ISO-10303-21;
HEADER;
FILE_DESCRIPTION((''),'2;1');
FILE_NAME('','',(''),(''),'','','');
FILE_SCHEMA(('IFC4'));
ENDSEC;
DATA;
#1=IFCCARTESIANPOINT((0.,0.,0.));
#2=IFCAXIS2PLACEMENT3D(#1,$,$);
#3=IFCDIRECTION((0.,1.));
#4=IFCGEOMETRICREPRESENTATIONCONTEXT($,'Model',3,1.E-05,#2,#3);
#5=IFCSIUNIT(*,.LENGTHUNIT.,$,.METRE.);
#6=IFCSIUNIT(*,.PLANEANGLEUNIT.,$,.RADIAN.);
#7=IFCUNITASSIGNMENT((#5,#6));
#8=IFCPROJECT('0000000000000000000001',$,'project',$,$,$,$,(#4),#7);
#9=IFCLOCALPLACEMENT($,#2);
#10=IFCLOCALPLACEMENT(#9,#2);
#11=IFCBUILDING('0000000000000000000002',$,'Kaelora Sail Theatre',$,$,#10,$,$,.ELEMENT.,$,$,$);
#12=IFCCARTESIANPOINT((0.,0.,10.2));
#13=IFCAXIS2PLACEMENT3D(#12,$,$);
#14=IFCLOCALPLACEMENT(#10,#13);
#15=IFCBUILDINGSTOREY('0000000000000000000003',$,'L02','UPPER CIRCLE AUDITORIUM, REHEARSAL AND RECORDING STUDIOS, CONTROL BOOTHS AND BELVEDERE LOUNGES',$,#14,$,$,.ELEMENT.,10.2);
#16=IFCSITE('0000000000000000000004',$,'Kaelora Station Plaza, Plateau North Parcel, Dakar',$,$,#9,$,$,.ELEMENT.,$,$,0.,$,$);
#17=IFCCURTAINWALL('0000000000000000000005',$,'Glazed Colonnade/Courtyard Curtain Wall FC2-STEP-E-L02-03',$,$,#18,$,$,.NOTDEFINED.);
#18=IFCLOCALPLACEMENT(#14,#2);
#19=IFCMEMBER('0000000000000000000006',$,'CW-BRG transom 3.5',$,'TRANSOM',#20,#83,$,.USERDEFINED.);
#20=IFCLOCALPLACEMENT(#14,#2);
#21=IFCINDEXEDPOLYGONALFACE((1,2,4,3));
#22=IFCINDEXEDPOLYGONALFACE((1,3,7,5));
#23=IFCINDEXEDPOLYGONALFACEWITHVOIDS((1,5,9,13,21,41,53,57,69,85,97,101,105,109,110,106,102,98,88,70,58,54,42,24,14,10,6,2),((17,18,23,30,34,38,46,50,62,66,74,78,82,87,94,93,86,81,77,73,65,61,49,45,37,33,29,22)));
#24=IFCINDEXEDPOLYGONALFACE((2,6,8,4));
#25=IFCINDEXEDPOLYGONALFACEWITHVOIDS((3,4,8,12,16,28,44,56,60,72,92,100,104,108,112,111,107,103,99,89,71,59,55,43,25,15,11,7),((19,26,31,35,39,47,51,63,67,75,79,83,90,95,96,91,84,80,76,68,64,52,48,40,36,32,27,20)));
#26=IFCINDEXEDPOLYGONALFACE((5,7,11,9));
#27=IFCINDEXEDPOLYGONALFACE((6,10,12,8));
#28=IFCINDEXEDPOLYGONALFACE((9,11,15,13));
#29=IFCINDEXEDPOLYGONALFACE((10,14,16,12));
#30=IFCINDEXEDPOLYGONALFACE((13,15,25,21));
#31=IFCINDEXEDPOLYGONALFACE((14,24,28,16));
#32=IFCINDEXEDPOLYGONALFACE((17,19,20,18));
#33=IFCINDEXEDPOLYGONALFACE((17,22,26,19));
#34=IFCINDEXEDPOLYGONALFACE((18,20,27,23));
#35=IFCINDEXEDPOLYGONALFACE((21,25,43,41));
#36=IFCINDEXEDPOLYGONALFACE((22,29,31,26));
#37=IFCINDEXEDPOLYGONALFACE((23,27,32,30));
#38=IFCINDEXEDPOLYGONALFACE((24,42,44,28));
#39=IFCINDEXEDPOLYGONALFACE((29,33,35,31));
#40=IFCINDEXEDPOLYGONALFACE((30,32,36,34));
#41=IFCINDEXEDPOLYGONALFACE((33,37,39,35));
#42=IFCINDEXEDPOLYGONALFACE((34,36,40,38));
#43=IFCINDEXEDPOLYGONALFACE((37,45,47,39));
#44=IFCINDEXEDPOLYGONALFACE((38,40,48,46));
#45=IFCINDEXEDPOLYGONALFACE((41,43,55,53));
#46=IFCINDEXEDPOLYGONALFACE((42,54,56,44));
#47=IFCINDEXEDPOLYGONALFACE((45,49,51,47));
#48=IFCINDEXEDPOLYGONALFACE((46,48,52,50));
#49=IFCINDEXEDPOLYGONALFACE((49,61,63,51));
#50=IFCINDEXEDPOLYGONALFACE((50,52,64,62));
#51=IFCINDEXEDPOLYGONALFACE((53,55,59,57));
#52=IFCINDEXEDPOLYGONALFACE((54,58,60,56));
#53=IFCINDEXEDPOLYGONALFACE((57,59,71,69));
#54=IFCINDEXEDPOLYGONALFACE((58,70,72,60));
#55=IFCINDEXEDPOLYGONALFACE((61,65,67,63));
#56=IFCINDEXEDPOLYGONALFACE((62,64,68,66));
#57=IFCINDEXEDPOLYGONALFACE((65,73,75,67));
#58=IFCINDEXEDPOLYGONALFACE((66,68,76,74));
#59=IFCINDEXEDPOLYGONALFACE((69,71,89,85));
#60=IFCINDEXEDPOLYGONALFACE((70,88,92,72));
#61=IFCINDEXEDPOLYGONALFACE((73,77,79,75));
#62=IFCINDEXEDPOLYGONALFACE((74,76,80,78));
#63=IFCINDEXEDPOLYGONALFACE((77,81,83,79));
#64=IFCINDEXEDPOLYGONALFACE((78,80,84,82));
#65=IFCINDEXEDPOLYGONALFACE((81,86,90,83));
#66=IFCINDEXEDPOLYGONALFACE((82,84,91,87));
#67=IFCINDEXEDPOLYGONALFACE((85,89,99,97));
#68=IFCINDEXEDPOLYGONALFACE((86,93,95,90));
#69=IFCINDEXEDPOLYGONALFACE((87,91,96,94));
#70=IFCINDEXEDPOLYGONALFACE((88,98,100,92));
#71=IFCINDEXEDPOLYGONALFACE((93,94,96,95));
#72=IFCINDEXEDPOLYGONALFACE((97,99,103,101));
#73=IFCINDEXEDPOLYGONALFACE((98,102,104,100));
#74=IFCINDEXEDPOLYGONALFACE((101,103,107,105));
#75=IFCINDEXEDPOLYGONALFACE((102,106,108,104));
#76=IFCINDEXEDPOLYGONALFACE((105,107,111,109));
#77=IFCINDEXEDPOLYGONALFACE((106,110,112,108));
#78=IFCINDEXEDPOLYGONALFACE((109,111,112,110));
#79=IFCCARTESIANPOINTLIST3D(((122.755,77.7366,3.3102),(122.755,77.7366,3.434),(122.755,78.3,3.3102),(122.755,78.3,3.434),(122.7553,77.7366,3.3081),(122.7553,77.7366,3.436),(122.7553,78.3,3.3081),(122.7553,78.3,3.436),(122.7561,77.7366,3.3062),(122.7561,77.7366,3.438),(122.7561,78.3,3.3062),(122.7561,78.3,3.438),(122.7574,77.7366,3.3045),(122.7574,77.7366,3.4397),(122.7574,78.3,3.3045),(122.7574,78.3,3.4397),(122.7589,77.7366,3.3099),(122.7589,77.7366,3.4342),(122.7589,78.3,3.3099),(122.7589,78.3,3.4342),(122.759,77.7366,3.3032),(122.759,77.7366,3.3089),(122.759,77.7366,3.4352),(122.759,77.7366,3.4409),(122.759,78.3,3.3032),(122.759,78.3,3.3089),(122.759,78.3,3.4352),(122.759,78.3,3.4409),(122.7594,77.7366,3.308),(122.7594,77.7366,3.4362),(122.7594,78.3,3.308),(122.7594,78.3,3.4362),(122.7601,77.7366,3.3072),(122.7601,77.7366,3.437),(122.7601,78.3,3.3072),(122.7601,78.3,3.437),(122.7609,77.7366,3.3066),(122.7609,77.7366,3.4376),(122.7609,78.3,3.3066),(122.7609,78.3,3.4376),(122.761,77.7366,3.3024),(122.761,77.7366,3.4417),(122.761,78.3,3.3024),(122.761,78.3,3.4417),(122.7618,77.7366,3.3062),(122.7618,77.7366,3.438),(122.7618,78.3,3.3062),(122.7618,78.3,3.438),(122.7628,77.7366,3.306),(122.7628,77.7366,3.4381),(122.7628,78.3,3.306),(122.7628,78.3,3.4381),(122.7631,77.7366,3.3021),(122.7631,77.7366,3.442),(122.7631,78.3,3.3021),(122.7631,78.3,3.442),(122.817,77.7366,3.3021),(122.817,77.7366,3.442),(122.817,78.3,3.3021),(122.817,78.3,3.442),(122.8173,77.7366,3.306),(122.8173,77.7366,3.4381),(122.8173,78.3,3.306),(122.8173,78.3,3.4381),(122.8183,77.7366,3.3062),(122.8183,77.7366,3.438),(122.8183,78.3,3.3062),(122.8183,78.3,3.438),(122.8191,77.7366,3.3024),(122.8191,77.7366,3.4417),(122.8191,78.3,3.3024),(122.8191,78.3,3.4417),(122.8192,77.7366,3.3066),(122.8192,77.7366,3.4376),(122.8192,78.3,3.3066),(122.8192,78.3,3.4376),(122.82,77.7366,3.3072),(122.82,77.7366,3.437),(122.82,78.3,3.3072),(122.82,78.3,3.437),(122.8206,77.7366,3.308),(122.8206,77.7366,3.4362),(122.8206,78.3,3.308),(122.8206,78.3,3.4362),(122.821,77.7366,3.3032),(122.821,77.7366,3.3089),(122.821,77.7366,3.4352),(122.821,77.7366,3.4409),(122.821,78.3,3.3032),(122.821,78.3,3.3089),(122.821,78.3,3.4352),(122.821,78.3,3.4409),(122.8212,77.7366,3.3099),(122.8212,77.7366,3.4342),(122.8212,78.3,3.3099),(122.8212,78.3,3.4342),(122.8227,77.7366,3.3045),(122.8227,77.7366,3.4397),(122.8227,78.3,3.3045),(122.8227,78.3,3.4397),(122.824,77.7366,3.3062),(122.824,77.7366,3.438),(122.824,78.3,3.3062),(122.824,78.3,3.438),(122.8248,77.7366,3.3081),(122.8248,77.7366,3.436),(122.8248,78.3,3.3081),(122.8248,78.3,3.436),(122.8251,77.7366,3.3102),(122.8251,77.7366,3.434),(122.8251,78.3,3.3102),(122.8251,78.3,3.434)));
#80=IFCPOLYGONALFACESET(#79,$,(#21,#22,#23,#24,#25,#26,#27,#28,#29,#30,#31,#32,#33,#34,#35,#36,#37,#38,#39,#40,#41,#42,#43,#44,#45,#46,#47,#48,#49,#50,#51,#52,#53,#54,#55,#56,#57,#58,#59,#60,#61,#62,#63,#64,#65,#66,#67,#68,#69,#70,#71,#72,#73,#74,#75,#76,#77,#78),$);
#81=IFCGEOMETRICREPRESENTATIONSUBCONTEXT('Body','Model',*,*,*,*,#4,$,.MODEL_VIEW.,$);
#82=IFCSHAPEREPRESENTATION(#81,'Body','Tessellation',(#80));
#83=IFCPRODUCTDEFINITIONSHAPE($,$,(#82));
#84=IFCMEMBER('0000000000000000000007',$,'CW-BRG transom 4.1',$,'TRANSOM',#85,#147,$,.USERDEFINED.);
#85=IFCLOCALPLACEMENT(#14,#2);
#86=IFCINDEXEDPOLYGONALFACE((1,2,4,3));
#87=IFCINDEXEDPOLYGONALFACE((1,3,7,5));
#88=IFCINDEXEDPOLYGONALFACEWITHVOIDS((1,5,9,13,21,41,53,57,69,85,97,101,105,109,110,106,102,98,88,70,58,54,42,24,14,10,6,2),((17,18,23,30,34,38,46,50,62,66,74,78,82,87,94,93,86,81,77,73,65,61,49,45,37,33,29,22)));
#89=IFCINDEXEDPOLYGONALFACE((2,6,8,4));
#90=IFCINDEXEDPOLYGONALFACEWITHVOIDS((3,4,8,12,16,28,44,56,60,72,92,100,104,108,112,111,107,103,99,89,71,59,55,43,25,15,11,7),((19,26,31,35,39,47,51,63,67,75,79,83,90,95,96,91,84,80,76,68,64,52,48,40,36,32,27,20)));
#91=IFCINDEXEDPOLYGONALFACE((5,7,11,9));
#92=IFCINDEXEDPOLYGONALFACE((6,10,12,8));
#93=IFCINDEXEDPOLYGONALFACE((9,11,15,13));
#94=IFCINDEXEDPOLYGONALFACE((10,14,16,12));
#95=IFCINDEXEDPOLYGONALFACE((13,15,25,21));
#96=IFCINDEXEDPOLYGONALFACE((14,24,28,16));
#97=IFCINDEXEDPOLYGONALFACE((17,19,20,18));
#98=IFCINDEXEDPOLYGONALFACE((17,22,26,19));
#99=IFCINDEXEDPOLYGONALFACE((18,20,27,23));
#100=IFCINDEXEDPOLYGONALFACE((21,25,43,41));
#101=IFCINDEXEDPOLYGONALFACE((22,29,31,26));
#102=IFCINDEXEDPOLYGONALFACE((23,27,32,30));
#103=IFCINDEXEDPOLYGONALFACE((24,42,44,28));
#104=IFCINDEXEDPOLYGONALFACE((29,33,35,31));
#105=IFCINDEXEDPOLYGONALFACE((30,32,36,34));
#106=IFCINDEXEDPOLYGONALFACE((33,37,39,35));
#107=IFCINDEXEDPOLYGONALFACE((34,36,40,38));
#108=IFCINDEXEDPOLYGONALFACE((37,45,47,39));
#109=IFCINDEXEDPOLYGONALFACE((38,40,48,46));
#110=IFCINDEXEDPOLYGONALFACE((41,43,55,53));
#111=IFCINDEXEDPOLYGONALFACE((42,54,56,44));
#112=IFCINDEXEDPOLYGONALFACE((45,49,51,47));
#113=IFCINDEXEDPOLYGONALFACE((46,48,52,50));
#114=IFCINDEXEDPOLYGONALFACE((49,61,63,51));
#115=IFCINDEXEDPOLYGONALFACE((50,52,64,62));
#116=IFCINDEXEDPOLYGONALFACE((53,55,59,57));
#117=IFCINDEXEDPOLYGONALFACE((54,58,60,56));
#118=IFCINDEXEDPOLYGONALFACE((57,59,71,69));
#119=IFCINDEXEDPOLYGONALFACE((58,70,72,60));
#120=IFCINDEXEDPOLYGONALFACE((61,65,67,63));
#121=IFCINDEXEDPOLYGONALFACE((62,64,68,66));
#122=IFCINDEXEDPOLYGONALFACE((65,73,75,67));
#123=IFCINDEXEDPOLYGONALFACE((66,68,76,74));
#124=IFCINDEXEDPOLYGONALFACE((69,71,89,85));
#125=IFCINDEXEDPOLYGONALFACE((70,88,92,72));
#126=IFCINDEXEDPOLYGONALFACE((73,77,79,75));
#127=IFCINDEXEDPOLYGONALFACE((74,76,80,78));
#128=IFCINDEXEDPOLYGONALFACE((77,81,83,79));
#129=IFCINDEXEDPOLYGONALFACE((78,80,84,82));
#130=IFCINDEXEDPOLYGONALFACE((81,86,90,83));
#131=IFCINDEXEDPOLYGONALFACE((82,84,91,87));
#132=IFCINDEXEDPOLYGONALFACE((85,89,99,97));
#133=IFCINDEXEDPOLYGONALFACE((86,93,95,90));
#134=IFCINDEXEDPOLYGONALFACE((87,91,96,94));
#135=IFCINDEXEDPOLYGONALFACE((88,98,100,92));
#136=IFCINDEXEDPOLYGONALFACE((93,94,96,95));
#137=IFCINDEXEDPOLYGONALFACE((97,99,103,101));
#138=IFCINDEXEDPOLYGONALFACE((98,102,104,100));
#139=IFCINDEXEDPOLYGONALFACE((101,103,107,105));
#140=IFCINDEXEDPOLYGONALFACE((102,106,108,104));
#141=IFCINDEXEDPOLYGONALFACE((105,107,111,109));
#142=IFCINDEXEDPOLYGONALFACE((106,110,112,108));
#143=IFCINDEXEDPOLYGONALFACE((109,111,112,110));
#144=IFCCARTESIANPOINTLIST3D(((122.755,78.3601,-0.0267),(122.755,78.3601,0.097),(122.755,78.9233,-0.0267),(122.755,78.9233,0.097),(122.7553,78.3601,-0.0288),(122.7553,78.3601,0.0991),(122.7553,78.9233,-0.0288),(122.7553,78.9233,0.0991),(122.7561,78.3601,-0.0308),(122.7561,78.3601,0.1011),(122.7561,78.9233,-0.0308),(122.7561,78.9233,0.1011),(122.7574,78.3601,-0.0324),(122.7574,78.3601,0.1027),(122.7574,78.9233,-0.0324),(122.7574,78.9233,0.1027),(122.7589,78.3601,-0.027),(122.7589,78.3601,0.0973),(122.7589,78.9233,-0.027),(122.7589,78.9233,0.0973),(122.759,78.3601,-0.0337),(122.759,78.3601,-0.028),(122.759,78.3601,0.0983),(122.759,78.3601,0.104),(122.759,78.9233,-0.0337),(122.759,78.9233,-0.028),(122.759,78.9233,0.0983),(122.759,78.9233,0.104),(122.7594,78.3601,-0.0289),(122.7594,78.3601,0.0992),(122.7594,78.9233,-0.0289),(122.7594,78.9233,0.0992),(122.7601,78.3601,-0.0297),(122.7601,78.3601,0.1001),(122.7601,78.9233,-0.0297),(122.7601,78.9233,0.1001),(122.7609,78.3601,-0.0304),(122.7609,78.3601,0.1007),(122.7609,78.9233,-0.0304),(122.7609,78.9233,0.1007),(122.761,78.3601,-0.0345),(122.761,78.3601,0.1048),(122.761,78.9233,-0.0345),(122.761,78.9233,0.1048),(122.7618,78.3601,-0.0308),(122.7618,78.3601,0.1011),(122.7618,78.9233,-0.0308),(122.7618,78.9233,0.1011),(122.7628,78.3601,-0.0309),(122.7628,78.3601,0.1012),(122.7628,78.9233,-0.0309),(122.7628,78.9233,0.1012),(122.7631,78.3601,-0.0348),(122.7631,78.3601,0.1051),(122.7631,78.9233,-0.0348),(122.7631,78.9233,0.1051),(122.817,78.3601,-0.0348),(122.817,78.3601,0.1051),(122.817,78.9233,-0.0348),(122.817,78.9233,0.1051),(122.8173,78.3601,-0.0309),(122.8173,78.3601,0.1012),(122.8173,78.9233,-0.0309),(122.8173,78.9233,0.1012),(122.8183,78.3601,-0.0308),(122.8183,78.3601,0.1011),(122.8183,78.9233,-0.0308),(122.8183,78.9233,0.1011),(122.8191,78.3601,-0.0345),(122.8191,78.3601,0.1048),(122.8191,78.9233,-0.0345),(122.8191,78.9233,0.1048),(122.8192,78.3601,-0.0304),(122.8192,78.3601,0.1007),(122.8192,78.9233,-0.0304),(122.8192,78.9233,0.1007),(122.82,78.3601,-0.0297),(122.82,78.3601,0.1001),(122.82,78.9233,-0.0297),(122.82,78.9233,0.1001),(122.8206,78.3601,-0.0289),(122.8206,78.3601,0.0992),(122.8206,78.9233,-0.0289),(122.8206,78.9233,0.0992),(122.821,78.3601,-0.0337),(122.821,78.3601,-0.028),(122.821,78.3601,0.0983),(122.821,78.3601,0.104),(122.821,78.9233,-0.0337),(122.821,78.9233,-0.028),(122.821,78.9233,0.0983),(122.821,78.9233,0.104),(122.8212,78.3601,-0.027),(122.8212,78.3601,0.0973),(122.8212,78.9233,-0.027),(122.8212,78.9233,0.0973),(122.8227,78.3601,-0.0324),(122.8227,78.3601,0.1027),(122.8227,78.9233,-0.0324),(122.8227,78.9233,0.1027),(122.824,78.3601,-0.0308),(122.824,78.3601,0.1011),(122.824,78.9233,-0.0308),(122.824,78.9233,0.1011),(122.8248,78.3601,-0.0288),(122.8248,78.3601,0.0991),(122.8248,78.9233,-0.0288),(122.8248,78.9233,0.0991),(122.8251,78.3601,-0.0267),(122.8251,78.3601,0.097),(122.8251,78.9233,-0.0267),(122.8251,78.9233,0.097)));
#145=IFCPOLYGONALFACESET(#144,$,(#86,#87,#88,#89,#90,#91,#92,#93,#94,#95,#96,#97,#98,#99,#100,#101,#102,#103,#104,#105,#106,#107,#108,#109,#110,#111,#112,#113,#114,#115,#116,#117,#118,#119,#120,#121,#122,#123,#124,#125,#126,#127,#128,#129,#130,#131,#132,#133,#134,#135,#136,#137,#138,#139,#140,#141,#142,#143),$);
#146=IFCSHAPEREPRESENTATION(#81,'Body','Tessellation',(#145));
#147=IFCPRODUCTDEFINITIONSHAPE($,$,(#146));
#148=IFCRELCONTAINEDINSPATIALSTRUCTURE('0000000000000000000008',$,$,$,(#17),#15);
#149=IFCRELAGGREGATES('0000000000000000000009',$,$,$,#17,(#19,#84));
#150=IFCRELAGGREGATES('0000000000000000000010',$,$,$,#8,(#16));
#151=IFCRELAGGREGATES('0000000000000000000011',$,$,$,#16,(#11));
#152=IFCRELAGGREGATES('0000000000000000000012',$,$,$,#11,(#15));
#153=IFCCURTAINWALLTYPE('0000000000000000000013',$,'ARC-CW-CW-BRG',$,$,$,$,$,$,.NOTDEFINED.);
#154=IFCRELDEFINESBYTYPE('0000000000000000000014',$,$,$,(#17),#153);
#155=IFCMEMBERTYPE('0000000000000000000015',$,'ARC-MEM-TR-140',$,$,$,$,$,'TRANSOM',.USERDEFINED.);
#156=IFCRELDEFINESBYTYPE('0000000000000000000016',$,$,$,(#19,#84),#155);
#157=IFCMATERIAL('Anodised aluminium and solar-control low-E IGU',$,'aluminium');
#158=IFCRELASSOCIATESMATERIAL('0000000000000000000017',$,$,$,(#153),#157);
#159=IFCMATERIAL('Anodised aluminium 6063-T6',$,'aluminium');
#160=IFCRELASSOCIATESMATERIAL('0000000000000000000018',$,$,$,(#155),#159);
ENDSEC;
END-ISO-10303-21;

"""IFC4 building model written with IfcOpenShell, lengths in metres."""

from ifc_helpers import new_model, si_unit, direction, frame, origin, origin_2d, place, context, subcontext, project, spatial, hollow_rectangle, extrude, material, material_profile, profile_set, type_object, element, aggregate, save


model = new_model("IFC4")

# Units and contexts
model_context = context("Model", 3, precision=1e-05, world=origin(), true_north=direction((0.0, 1.0)))
body_context = subcontext(model_context, "Body", "Model", "MODEL_VIEW")
ifc_project = project(units=[si_unit("LENGTHUNIT", "METRE"), si_unit("PLANEANGLEUNIT", "RADIAN")], contexts=[model_context])

# Site, building, storey
site_placement = place(None, origin())
site = spatial("IfcSite", under=ifc_project, at=site_placement, Name="Kaelora Station Plaza, Plateau North Parcel, Dakar", CompositionType="ELEMENT", RefElevation=0.0)
building_placement = place(site_placement, origin())
building = spatial("IfcBuilding", under=site, at=building_placement, Name="Kaelora Sail Theatre", CompositionType="ELEMENT")
storey_placement = place(building_placement, frame((0.0, 0.0, 10.2)))
storey = spatial("IfcBuildingStorey", under=building, at=storey_placement, Name="L02", Description="UPPER CIRCLE AUDITORIUM, REHEARSAL AND RECORDING STUDIOS, CONTROL BOOTHS AND BELVEDERE LOUNGES", CompositionType="ELEMENT", Elevation=10.2)

# Curtain wall, members
ifc_material_1 = material(Name="Anodised aluminium and solar-control low-E IGU", Category="aluminium")
curtain_wall_type = type_object("IfcCurtainWallType", Name="ARC-CW-CW-BRG", PredefinedType="NOTDEFINED", material=ifc_material_1)
curtain_wall_placement = place(storey_placement, origin())
curtain_wall = element("IfcCurtainWall", 1, at=curtain_wall_placement, inside=storey, type_object=curtain_wall_type, Name="Glazed Colonnade/Courtyard Curtain Wall FC2-STEP-E-L02-03", PredefinedType="NOTDEFINED")
ifc_material_2 = material(Name="Anodised aluminium 6063-T6", Category="aluminium")
ifc_material_profile_1 = material_profile(ifc_material_2, hollow_rectangle(XDim=0.0701, YDim=0.1399, WallThickness=0.0039, InnerFilletRadius=0.0039, OuterFilletRadius=0.0081, at=origin_2d()), Name="ALU-TRAN 70x140x4")
ifc_profile_set_1 = profile_set([ifc_material_profile_1], Name="Anodised aluminium 6063-T6")
member_type_1 = type_object("IfcMemberType", Name="ARC-MEM-TR-140", ElementType="TRANSOM", PredefinedType="USERDEFINED", material=ifc_profile_set_1)
member_1_placement = place(storey_placement, frame((122.79, 77.7366, 3.3721), z_axis=(0.0, 1.0, 0.0), x_axis=(-1.0, 0.0, 0.0)))
member_1 = element("IfcMember", 2, at=member_1_placement, type_object=member_type_1, Name="CW-BRG transom 3.5", ObjectType="TRANSOM", PredefinedType="USERDEFINED", context=body_context, shape_type="SweptSolid", body=[
    extrude(hollow_rectangle(XDim=0.0701, YDim=0.1399, WallThickness=0.0039, InnerFilletRadius=0.0039, OuterFilletRadius=0.0081, at=origin_2d()), origin(), (0.0, 0.0, 1.0), 0.5635),
])
member_2_placement = place(storey_placement, frame((122.79, 78.3601, 0.0352), z_axis=(0.0, 1.0, 0.0), x_axis=(-1.0, 0.0, 0.0)))
member_2 = element("IfcMember", 3, at=member_2_placement, type_object=member_type_1, Name="CW-BRG transom 4.1", ObjectType="TRANSOM", PredefinedType="USERDEFINED", context=body_context, shape_type="SweptSolid", body=[
    extrude(hollow_rectangle(XDim=0.0701, YDim=0.1399, WallThickness=0.0039, InnerFilletRadius=0.0039, OuterFilletRadius=0.0081, at=origin_2d()), origin(), (0.0, 0.0, 1.0), 0.5632),
])
aggregate(curtain_wall, [member_1, member_2])

save(model, "model.ifc")
